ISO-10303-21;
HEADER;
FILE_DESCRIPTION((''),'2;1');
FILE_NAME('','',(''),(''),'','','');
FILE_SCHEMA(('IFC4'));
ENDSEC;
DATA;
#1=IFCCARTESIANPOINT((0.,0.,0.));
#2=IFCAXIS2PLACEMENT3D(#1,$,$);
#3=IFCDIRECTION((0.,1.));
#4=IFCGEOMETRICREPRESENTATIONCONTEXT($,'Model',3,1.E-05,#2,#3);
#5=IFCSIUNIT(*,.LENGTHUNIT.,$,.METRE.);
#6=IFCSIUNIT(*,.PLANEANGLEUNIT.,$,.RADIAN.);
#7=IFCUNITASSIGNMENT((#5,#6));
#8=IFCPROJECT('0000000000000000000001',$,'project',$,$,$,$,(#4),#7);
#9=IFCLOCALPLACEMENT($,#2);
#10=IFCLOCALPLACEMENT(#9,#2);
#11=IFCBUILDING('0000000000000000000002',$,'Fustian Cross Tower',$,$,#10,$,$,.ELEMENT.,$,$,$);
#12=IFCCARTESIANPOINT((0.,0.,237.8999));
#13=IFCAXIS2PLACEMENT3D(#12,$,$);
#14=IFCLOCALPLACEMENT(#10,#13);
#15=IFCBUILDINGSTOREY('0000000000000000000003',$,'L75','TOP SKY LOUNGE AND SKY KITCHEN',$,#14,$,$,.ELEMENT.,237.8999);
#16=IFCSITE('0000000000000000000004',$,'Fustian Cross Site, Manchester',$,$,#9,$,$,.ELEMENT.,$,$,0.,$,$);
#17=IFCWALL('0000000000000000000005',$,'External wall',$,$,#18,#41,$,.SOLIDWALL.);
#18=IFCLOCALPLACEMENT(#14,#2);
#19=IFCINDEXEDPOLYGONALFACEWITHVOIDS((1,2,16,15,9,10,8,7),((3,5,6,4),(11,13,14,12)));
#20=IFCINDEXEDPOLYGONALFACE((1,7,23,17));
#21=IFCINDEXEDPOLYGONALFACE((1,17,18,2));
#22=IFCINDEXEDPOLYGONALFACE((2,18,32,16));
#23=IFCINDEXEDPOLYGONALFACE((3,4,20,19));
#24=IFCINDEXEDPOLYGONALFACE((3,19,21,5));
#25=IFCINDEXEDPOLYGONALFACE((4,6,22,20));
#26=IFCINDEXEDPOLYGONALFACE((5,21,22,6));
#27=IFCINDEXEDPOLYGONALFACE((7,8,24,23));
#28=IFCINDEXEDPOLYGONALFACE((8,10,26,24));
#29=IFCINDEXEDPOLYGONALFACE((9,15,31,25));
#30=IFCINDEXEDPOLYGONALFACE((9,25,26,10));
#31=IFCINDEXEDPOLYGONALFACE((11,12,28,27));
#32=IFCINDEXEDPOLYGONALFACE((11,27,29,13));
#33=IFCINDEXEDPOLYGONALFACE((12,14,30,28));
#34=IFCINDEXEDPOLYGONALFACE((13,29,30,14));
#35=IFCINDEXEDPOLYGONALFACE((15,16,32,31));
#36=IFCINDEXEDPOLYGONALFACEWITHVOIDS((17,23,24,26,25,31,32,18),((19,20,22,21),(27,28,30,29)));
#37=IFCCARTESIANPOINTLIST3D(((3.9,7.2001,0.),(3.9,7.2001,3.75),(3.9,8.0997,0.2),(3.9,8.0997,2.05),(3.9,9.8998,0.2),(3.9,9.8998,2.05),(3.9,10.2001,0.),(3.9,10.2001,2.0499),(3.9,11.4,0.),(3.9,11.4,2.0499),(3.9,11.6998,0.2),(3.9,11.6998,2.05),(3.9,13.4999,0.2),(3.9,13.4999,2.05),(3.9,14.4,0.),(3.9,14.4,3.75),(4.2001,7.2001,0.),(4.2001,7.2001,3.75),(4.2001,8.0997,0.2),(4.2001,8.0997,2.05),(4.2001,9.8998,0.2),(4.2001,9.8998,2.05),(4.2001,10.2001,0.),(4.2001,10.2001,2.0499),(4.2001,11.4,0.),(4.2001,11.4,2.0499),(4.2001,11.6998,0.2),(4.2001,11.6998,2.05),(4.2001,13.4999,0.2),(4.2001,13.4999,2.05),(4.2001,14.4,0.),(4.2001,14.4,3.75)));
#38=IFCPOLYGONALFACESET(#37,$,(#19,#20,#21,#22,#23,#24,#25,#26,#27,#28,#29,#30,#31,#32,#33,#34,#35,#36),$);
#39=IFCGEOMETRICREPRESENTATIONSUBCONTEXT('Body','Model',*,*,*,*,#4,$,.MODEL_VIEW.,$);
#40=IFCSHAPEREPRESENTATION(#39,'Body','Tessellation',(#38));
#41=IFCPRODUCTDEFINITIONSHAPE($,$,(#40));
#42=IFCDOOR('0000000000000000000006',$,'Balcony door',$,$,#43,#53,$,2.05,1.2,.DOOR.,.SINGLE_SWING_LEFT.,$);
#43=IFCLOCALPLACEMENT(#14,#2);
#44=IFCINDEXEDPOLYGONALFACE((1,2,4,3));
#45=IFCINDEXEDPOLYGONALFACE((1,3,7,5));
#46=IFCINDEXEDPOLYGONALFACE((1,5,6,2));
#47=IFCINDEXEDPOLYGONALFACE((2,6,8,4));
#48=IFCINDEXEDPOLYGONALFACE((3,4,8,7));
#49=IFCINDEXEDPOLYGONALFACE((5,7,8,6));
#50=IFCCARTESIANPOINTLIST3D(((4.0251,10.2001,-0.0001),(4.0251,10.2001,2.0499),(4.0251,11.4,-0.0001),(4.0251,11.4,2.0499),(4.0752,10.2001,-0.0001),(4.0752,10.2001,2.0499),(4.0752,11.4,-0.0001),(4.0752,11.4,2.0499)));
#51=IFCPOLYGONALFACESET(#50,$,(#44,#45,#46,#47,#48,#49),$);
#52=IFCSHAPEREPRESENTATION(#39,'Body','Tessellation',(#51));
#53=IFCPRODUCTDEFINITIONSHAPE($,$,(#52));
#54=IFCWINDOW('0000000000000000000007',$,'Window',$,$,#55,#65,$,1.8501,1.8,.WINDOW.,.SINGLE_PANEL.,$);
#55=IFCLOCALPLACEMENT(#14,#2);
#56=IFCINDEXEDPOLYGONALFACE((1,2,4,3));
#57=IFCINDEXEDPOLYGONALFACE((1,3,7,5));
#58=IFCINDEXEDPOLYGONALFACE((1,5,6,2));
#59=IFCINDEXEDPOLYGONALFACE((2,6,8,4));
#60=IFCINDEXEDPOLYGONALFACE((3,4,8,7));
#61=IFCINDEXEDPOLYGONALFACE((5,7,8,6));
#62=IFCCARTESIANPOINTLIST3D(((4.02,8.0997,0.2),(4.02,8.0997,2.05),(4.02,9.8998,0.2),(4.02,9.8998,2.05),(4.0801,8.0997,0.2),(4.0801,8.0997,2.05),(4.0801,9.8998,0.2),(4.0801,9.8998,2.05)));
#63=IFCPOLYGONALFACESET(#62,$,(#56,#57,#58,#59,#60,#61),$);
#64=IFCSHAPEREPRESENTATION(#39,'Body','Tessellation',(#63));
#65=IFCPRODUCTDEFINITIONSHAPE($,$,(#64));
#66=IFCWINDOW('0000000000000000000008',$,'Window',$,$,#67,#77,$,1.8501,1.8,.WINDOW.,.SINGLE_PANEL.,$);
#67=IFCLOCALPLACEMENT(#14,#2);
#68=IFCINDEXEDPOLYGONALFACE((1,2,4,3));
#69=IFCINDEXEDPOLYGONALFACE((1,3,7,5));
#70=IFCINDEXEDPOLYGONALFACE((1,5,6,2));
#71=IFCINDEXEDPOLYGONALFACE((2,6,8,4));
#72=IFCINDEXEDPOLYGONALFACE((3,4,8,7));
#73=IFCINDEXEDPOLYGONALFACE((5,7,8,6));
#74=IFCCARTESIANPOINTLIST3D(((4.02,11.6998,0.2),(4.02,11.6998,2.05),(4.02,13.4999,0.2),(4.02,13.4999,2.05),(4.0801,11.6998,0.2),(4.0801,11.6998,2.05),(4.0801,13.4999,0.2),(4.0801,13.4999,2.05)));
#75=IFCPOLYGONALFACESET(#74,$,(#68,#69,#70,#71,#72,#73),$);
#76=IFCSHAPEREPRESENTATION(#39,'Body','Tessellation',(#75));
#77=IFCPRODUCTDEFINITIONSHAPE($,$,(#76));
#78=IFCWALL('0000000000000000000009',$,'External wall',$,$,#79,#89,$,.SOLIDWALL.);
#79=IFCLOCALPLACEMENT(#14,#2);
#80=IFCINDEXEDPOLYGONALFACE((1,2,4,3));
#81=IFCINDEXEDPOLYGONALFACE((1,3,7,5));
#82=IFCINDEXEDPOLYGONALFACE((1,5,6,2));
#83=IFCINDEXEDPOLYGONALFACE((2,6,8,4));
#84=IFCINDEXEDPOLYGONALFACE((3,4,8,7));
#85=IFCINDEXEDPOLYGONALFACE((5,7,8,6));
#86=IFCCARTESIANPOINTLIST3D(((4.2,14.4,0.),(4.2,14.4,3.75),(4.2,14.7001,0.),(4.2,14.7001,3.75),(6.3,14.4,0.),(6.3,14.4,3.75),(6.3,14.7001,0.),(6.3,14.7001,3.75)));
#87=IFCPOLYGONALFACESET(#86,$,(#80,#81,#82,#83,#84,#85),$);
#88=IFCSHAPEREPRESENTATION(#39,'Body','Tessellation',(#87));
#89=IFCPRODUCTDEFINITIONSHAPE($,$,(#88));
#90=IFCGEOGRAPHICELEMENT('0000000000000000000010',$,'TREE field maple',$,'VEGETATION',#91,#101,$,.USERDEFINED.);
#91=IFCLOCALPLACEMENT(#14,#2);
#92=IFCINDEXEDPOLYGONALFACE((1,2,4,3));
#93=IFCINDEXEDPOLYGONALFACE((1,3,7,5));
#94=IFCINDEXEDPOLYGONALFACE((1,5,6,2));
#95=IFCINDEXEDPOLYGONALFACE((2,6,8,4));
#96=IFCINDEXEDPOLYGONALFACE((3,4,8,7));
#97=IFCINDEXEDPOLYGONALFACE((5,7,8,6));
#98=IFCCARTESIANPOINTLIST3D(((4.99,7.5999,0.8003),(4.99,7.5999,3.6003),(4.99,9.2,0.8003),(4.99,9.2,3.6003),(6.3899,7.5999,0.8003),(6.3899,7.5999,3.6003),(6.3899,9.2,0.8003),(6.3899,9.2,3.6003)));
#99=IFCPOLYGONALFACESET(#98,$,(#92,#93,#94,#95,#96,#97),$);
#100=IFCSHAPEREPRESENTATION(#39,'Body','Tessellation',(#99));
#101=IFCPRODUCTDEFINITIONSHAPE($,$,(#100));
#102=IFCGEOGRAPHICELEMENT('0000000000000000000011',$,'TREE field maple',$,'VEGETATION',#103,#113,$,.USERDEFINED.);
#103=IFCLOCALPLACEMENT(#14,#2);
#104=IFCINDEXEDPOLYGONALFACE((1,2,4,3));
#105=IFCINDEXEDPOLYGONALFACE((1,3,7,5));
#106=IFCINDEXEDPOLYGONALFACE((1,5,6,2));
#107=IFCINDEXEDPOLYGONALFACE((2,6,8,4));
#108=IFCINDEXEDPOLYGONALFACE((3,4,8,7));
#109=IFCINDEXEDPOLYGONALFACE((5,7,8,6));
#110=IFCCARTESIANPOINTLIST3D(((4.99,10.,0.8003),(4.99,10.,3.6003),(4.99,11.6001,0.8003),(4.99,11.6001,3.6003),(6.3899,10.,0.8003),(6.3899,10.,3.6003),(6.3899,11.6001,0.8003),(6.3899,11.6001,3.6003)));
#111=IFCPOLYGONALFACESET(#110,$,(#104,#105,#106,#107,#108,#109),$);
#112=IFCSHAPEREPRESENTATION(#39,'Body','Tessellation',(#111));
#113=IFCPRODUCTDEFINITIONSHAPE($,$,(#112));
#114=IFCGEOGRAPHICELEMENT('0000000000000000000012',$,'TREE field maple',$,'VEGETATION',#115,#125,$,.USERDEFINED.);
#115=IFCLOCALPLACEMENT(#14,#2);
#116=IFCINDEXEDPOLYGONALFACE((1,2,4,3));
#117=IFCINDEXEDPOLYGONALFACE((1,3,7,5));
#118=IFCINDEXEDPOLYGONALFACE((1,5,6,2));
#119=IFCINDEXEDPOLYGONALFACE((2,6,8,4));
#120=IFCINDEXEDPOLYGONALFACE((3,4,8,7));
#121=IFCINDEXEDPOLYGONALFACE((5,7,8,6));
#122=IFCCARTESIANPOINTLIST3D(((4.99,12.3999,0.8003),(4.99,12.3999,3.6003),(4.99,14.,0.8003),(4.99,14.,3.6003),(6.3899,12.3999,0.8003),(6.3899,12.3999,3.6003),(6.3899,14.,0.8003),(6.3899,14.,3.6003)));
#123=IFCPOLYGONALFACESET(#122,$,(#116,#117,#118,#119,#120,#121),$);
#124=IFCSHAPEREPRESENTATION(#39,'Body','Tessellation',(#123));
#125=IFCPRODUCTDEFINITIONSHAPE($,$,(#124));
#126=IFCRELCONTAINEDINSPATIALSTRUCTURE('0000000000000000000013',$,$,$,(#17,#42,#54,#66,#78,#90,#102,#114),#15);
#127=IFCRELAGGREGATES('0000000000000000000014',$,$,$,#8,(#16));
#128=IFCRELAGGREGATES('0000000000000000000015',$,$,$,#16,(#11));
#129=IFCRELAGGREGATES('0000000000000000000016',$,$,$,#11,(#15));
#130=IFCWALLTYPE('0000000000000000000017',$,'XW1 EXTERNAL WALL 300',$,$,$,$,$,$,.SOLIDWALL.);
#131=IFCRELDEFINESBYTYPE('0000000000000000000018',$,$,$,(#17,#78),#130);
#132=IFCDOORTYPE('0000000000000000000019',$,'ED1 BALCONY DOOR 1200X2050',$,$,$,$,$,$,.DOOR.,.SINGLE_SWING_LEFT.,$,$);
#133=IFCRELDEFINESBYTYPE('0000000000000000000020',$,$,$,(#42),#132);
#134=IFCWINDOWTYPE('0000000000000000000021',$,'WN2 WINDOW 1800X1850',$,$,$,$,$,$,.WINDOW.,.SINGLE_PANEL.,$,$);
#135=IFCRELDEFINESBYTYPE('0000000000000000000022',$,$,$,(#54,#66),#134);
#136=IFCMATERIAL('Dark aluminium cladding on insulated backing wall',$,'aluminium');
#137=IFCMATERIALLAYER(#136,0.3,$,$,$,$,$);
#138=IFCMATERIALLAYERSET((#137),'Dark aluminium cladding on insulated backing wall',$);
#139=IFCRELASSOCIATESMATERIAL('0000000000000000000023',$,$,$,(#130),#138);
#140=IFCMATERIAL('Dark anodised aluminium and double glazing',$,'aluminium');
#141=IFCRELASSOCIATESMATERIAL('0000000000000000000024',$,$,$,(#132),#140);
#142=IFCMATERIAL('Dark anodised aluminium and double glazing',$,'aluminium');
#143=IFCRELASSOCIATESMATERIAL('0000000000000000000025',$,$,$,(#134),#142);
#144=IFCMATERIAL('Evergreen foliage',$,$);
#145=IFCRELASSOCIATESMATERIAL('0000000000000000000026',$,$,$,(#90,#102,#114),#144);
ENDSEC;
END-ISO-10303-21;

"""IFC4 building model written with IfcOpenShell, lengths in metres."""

from ifc_helpers import new_model, si_unit, direction, frame, frame_2d, origin, origin_2d, place, context, subcontext, project, spatial, rectangle, extrude, material, layer, layer_set, type_object, element, fill, save


model = new_model("IFC4")

# Units and contexts
model_context = context("Model", 3, precision=1e-05, world=origin(), true_north=direction((0.0, 1.0)))
body_context = subcontext(model_context, "Body", "Model", "MODEL_VIEW")
ifc_project = project(units=[si_unit("LENGTHUNIT", "METRE"), si_unit("PLANEANGLEUNIT", "RADIAN")], contexts=[model_context])

# Site, building, storey
site_placement = place(None, origin())
site = spatial("IfcSite", under=ifc_project, at=site_placement, Name="Fustian Cross Site, Manchester", CompositionType="ELEMENT", RefElevation=0.0)
building_placement = place(site_placement, origin())
building = spatial("IfcBuilding", under=site, at=building_placement, Name="Fustian Cross Tower", CompositionType="ELEMENT")
storey_placement = place(building_placement, frame((0.0, 0.0, 237.8999)))
storey = spatial("IfcBuildingStorey", under=building, at=storey_placement, Name="L75", Description="TOP SKY LOUNGE AND SKY KITCHEN", CompositionType="ELEMENT", Elevation=237.8999)

# Wall, openings, door, windows
ifc_material_1 = material(Name="Dark aluminium cladding on insulated backing wall", Category="aluminium")
ifc_layer_1 = layer(ifc_material_1, 0.3)
ifc_layer_set_1 = layer_set([ifc_layer_1], Name="Dark aluminium cladding on insulated backing wall")
wall_type_1 = type_object("IfcWallType", Name="XW1 EXTERNAL WALL 300", PredefinedType="SOLIDWALL", material=ifc_layer_set_1)
wall_1_placement = place(storey_placement, frame((4.05, 7.2, 0.0), z_axis=(0.0, 0.0, 1.0), x_axis=(0.0, 1.0, 0.0)))
wall_1 = element("IfcWall", 1, at=wall_1_placement, inside=storey, type_object=wall_type_1, Name="External wall", PredefinedType="SOLIDWALL", context=body_context, shape_type="SweptSolid", body=[
    extrude(rectangle(XDim=7.2, YDim=0.3, at=frame_2d((3.6001, 0.0))), origin(), (0.0, 0.0, 1.0), 3.75),
])
opening_1_placement = place(wall_1_placement, frame((3.0, 0.0, 0.0)))
opening_1 = element("IfcOpeningElement", 2, at=opening_1_placement, cuts=wall_1, PredefinedType="OPENING", context=body_context, shape_type="SweptSolid", body=[
    extrude(rectangle(XDim=1.2, YDim=2.05, at=frame_2d((0.6001, 1.0249))), frame((0.0, 0.1599, 0.0), z_axis=(0.0, -1.0, 0.0), x_axis=(1.0, 0.0, 0.0)), (0.0, 0.0, 1.0), 0.3201),
])
opening_2_placement = place(wall_1_placement, frame((0.8999, 0.0, 0.2)))
opening_2 = element("IfcOpeningElement", 3, at=opening_2_placement, cuts=wall_1, PredefinedType="OPENING", context=body_context, shape_type="SweptSolid", body=[
    extrude(rectangle(XDim=1.8, YDim=1.8501, at=frame_2d((0.8999, 0.925))), frame((0.0, 0.1599, 0.0), z_axis=(0.0, -1.0, 0.0), x_axis=(1.0, 0.0, 0.0)), (0.0, 0.0, 1.0), 0.3201),
])
opening_3_placement = place(wall_1_placement, frame((4.5, 0.0, 0.2)))
opening_3 = element("IfcOpeningElement", 4, at=opening_3_placement, cuts=wall_1, PredefinedType="OPENING", context=body_context, shape_type="SweptSolid", body=[
    extrude(rectangle(XDim=1.8, YDim=1.8501, at=frame_2d((0.8999, 0.925))), frame((0.0, 0.1599, 0.0), z_axis=(0.0, -1.0, 0.0), x_axis=(1.0, 0.0, 0.0)), (0.0, 0.0, 1.0), 0.3201),
])
ifc_material_2 = material(Name="Dark anodised aluminium and double glazing", Category="aluminium")
door_type_1 = type_object("IfcDoorType", Name="ED1 BALCONY DOOR 1200X2050", OperationType="SINGLE_SWING_LEFT", PredefinedType="DOOR", material=ifc_material_2)
door_1_placement = place(opening_1_placement, origin())
door_1 = element("IfcDoor", 5, at=door_1_placement, inside=storey, type_object=door_type_1, Name="Balcony door", OperationType="SINGLE_SWING_LEFT", OverallHeight=2.05, OverallWidth=1.2, PredefinedType="DOOR", context=body_context, shape_type="SweptSolid", body=[
    extrude(rectangle(XDim=1.2, YDim=2.05, at=frame_2d((0.6001, 1.0249))), frame((0.0, 0.0249, 0.0), z_axis=(0.0, -1.0, 0.0), x_axis=(1.0, 0.0, 0.0)), (0.0, 0.0, 1.0), 0.05),
])
fill(opening_1, door_1)
ifc_material_3 = material(Name="Dark anodised aluminium and double glazing", Category="aluminium")
window_type = type_object("IfcWindowType", Name="WN2 WINDOW 1800X1850", PartitioningType="SINGLE_PANEL", PredefinedType="WINDOW", material=ifc_material_3)
window_1_placement = place(opening_2_placement, origin())
window_1 = element("IfcWindow", 6, at=window_1_placement, inside=storey, type_object=window_type, Name="Window", OverallHeight=1.8501, OverallWidth=1.8, PartitioningType="SINGLE_PANEL", PredefinedType="WINDOW", context=body_context, shape_type="SweptSolid", body=[
    extrude(rectangle(XDim=1.8, YDim=1.8501, at=frame_2d((0.8999, 0.925))), frame((0.0, 0.03, 0.0), z_axis=(0.0, -1.0, 0.0), x_axis=(1.0, 0.0, 0.0)), (0.0, 0.0, 1.0), 0.0601),
])
fill(opening_2, window_1)
window_2_placement = place(opening_3_placement, origin())
window_2 = element("IfcWindow", 7, at=window_2_placement, inside=storey, type_object=window_type, Name="Window", OverallHeight=1.8501, OverallWidth=1.8, PartitioningType="SINGLE_PANEL", PredefinedType="WINDOW", context=body_context, shape_type="SweptSolid", body=[
    extrude(rectangle(XDim=1.8, YDim=1.8501, at=frame_2d((0.8999, 0.925))), frame((0.0, 0.03, 0.0), z_axis=(0.0, -1.0, 0.0), x_axis=(1.0, 0.0, 0.0)), (0.0, 0.0, 1.0), 0.0601),
])
fill(opening_3, window_2)

# Wall
wall_2_placement = place(storey_placement, frame((4.2, 14.55, 0.0), z_axis=(0.0, 0.0, 1.0), x_axis=(1.0, 0.0, 0.0)))
element("IfcWall", 8, at=wall_2_placement, inside=storey, type_object=wall_type_1, Name="External wall", PredefinedType="SOLIDWALL", context=body_context, shape_type="SweptSolid", body=[
    extrude(rectangle(XDim=2.1001, YDim=0.3, at=frame_2d((1.05, 0.0))), origin(), (0.0, 0.0, 1.0), 3.75),
])

# Geographic elements
ifc_material_4 = material(Name="Evergreen foliage")
for number, where, z_axis, x_axis, name in (
    (9, (5.6899, 8.3999, 0.8003), (0.0, 0.0, 1.0), (1.0, 0.0, 0.0), "TREE field maple"),
    (10, (5.6899, 10.8, 0.8003), (0.0, 0.0, 1.0), (1.0, 0.0, 0.0), "TREE field maple"),
    (11, (5.6899, 13.2, 0.8003), (0.0, 0.0, 1.0), (1.0, 0.0, 0.0), "TREE field maple"),
):
    element("IfcGeographicElement", number, at=place(storey_placement, frame(where, z_axis=z_axis, x_axis=x_axis)), inside=storey, material=ifc_material_4, Name=name, ObjectType="VEGETATION", PredefinedType="USERDEFINED", context=body_context, shape_type="SweptSolid", body=[
        extrude(rectangle(XDim=1.3999, YDim=1.6001, at=origin_2d()), origin(), (0.0, 0.0, 1.0), 2.8),
    ])

save(model, "model.ifc")
